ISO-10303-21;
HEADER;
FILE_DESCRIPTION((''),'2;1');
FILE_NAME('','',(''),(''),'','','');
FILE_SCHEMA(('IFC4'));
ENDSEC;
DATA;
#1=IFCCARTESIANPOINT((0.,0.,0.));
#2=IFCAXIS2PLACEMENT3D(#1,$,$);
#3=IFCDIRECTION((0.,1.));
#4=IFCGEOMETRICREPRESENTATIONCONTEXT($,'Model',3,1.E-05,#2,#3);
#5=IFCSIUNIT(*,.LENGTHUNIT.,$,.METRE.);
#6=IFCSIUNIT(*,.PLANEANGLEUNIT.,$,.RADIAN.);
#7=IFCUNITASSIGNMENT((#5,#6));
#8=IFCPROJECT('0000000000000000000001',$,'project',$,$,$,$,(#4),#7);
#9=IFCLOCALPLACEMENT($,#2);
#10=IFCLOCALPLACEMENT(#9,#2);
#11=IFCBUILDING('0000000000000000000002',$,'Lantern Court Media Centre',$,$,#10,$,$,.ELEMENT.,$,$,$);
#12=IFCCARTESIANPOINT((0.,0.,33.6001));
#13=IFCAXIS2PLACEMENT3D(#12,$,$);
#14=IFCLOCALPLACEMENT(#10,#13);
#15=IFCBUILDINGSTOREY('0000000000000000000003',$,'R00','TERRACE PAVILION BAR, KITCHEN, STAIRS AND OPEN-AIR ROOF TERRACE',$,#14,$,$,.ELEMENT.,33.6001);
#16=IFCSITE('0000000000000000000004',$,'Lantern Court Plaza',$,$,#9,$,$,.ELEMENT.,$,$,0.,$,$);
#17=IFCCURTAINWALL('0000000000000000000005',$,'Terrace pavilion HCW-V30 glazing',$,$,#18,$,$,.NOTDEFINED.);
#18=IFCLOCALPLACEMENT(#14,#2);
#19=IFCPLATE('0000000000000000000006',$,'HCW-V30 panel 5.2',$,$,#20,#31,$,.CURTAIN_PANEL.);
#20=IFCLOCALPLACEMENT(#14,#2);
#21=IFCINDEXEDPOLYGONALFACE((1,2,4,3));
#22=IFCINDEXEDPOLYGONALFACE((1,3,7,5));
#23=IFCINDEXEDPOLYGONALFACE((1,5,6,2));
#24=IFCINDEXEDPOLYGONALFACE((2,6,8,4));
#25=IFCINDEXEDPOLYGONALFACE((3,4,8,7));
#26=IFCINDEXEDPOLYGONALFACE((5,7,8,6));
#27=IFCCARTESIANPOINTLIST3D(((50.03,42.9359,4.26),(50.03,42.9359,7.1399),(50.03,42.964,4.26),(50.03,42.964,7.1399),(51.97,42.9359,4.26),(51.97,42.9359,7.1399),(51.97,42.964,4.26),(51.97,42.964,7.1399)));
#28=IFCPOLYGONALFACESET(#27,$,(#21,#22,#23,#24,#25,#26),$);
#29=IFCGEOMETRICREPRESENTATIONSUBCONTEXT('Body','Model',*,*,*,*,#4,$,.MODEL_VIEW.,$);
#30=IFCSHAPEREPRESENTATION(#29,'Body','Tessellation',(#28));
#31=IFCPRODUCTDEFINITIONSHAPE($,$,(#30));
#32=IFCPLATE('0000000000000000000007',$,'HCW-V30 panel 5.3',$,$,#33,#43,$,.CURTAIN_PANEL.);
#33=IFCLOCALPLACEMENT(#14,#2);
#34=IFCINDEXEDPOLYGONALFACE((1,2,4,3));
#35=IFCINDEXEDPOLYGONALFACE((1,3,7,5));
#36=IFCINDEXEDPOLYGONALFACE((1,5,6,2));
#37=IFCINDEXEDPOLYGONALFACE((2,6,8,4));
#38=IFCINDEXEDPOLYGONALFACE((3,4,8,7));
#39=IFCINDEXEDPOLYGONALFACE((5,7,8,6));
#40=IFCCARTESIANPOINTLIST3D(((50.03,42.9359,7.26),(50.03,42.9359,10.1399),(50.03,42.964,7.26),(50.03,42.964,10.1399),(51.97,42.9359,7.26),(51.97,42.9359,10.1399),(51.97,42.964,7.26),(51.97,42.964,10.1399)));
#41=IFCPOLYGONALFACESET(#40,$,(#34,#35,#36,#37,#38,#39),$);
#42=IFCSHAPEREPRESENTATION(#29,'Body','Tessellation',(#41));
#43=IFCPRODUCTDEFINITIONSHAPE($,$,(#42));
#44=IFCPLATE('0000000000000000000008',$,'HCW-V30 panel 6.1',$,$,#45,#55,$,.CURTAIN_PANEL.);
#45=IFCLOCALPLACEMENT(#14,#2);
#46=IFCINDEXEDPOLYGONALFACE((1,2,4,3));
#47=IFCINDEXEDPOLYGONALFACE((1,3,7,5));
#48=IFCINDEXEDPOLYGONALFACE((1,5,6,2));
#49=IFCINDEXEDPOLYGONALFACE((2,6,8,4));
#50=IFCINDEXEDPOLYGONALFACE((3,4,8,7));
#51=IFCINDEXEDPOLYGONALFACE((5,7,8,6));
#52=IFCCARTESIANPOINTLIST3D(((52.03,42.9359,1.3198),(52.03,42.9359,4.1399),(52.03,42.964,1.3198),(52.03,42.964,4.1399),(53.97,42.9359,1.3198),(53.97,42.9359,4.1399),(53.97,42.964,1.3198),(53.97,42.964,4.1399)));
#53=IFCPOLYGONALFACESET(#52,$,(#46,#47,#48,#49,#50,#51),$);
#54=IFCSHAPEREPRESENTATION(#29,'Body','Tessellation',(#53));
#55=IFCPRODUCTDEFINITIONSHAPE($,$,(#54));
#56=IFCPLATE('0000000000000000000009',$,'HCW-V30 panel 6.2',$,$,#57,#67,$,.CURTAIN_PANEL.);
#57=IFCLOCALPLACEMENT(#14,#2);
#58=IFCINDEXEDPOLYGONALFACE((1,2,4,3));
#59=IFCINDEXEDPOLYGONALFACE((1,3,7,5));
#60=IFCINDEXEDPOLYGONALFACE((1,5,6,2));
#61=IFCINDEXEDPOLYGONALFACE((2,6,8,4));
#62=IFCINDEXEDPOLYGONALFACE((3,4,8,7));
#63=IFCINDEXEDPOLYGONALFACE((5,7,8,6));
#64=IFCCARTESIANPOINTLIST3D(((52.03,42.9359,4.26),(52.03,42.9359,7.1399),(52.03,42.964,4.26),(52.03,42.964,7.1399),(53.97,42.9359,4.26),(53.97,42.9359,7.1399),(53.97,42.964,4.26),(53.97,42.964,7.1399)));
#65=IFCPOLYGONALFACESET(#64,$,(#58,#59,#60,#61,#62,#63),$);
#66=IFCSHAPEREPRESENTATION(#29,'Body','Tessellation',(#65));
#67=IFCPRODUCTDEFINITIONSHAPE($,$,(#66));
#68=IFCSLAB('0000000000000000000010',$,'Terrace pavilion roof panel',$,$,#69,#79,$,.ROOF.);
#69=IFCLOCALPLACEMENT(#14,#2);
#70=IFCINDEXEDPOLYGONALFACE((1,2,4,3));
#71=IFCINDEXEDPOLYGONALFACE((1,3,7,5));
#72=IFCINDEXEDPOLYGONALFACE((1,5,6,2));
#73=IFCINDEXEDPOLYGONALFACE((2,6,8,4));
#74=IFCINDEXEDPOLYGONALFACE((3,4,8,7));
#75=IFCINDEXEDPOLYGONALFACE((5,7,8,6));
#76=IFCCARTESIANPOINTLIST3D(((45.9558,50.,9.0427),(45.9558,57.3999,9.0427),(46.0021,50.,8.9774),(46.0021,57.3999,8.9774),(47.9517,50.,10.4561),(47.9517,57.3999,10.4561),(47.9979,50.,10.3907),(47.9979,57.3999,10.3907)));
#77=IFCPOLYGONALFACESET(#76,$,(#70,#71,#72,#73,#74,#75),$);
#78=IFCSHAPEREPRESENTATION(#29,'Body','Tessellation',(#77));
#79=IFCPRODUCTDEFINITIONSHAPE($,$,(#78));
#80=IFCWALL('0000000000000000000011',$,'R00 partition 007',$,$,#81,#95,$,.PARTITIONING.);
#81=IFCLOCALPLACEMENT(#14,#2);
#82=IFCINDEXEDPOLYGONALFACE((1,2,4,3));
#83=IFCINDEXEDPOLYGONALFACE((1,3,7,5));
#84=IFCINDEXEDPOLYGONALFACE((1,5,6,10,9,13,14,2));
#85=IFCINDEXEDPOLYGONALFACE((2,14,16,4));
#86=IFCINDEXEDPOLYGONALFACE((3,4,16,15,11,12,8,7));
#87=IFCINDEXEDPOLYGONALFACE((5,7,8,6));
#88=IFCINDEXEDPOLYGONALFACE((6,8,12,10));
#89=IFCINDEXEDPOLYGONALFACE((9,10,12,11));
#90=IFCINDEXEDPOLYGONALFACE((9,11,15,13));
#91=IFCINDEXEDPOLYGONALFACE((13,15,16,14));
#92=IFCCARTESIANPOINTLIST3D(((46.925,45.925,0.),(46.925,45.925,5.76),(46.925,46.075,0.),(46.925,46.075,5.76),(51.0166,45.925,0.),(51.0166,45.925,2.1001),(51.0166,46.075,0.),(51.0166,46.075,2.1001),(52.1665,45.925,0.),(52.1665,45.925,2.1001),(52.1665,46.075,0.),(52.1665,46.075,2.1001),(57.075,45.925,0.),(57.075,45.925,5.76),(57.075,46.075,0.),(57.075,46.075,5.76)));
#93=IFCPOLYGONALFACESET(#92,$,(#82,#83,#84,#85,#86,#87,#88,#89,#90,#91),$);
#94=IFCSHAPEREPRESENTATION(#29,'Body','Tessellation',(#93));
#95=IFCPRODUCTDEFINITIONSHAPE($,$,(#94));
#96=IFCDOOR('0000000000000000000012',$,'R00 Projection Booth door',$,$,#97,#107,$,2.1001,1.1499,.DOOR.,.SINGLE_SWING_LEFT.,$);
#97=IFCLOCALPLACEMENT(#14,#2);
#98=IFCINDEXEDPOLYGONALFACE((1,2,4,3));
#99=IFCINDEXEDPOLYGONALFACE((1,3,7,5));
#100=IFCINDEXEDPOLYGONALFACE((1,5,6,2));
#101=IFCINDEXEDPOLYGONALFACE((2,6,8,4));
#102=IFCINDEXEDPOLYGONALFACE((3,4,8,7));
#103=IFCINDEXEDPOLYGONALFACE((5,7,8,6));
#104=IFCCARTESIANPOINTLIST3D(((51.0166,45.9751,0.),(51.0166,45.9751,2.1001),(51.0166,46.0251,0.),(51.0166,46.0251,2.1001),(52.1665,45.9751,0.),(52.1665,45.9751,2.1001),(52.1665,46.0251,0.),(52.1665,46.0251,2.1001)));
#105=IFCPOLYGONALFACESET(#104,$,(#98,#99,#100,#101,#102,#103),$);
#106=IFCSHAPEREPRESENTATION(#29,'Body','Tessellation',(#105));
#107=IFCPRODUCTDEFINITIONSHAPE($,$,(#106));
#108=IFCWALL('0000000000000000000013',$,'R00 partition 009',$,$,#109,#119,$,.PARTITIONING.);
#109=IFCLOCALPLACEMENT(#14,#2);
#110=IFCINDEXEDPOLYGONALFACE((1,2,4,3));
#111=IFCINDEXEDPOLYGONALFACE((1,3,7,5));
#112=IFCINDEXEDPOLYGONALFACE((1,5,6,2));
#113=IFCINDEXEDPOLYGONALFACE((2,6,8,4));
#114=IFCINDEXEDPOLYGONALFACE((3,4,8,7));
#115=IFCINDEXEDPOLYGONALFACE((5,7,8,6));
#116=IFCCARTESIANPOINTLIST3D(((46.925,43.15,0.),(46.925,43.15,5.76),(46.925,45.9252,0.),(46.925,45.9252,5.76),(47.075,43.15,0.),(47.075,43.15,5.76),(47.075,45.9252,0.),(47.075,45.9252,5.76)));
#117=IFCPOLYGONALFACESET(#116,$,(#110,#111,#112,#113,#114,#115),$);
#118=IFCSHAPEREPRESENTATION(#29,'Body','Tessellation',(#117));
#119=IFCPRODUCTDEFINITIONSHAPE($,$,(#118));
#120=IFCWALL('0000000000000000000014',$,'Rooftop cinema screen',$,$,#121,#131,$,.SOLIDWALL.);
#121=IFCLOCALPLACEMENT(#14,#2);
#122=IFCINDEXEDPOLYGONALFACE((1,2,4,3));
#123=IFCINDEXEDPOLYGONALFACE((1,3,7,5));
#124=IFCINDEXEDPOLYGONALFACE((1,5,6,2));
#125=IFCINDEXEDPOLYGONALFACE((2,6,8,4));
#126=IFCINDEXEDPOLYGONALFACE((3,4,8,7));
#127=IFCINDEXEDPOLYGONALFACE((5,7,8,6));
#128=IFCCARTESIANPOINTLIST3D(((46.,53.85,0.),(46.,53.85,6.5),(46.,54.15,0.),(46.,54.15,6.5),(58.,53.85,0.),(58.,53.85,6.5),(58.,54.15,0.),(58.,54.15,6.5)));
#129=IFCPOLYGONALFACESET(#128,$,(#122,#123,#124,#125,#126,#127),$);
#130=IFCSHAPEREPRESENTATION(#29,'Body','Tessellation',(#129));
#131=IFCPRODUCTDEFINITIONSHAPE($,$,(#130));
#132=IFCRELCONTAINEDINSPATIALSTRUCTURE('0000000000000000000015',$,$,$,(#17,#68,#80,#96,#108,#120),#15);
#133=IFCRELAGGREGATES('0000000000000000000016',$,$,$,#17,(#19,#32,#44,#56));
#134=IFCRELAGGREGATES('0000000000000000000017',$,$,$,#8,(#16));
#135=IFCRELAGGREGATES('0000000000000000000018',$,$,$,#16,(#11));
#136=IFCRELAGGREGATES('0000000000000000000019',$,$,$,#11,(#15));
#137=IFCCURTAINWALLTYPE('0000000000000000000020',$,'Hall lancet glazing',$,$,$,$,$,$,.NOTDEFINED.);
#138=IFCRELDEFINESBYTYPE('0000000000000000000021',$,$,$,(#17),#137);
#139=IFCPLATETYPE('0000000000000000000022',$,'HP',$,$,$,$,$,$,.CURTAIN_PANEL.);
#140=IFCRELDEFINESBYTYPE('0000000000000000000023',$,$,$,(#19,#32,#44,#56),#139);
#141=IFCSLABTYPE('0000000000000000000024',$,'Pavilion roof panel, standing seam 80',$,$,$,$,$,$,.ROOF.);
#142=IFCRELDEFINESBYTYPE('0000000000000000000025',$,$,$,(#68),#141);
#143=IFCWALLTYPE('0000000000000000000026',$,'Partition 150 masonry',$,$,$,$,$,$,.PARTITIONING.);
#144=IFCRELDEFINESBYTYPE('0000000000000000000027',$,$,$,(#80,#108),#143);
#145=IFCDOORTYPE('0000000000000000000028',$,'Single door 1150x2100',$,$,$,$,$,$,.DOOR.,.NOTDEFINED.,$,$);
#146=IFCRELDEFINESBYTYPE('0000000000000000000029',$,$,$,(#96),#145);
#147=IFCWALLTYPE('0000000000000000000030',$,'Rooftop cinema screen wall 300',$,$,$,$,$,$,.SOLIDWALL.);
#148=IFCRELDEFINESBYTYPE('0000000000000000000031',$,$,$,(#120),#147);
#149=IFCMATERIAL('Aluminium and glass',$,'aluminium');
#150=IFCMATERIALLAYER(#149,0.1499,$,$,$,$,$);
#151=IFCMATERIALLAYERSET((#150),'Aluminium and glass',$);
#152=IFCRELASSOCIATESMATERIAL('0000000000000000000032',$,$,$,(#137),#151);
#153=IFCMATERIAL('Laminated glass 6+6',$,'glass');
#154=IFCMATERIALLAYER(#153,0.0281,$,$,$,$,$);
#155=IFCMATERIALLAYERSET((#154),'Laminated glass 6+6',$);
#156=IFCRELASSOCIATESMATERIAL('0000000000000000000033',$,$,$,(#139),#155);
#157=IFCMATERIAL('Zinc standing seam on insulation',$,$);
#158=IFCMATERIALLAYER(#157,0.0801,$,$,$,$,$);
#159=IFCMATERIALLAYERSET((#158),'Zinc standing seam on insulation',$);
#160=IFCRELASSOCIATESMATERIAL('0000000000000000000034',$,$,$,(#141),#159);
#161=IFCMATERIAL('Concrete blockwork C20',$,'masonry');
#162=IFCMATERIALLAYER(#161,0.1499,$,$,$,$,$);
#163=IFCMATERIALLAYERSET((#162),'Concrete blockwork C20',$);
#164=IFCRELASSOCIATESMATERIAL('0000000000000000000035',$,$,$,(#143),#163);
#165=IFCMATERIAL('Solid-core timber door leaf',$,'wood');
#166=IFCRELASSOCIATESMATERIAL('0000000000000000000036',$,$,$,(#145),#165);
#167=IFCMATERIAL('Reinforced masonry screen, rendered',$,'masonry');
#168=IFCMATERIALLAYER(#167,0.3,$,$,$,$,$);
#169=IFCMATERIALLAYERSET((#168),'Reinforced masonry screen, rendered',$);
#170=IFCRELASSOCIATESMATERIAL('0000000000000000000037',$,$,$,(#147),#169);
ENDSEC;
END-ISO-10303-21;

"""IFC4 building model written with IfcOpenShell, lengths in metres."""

from ifc_helpers import new_model, si_unit, direction, frame, frame_2d, origin, origin_2d, place, context, subcontext, project, spatial, polyline, rectangle, outline, extrude, material, layer, layer_set, type_object, element, fill, aggregate, save


model = new_model("IFC4")

# Units and contexts
model_context = context("Model", 3, precision=1e-05, world=origin(), true_north=direction((0.0, 1.0)))
body_context = subcontext(model_context, "Body", "Model", "MODEL_VIEW")
ifc_project = project(units=[si_unit("LENGTHUNIT", "METRE"), si_unit("PLANEANGLEUNIT", "RADIAN")], contexts=[model_context])

# Site, building, storey
site_placement = place(None, origin())
site = spatial("IfcSite", under=ifc_project, at=site_placement, Name="Lantern Court Plaza", CompositionType="ELEMENT", RefElevation=0.0)
building_placement = place(site_placement, origin())
building = spatial("IfcBuilding", under=site, at=building_placement, Name="Lantern Court Media Centre", CompositionType="ELEMENT")
storey_placement = place(building_placement, frame((0.0, 0.0, 33.6001)))
storey = spatial("IfcBuildingStorey", under=building, at=storey_placement, Name="R00", Description="TERRACE PAVILION BAR, KITCHEN, STAIRS AND OPEN-AIR ROOF TERRACE", CompositionType="ELEMENT", Elevation=33.6001)

# Curtain wall
ifc_material_1 = material(Name="Aluminium and glass", Category="aluminium")
ifc_layer_1 = layer(ifc_material_1, 0.1499)
ifc_layer_set_1 = layer_set([ifc_layer_1], Name="Aluminium and glass")
curtain_wall_type = type_object("IfcCurtainWallType", Name="Hall lancet glazing", PredefinedType="NOTDEFINED", material=ifc_layer_set_1)
curtain_wall_placement = place(storey_placement, origin())
curtain_wall = element("IfcCurtainWall", 1, at=curtain_wall_placement, inside=storey, type_object=curtain_wall_type, Name="Terrace pavilion HCW-V30 glazing", PredefinedType="NOTDEFINED")

# Plates
ifc_material_2 = material(Name="Laminated glass 6+6", Category="glass")
ifc_layer_2 = layer(ifc_material_2, 0.0281)
ifc_layer_set_2 = layer_set([ifc_layer_2], Name="Laminated glass 6+6")
plate_type = type_object("IfcPlateType", Name="HP", PredefinedType="CURTAIN_PANEL", material=ifc_layer_set_2)
plate_1_placement = place(storey_placement, frame((51.0, 42.95, 4.26), z_axis=(0.0, 0.0, 1.0), x_axis=(1.0, 0.0, 0.0)))
plate_1 = element("IfcPlate", 2, at=plate_1_placement, type_object=plate_type, Name="HCW-V30 panel 5.2", PredefinedType="CURTAIN_PANEL", context=body_context, shape_type="SweptSolid", body=[
    extrude(rectangle(XDim=1.9399, YDim=0.0281, at=origin_2d()), origin(), (0.0, 0.0, 1.0), 2.8799),
])
plate_2_placement = place(storey_placement, frame((51.0, 42.95, 7.26), z_axis=(0.0, 0.0, 1.0), x_axis=(1.0, 0.0, 0.0)))
plate_2 = element("IfcPlate", 3, at=plate_2_placement, type_object=plate_type, Name="HCW-V30 panel 5.3", PredefinedType="CURTAIN_PANEL", context=body_context, shape_type="SweptSolid", body=[
    extrude(rectangle(XDim=1.9399, YDim=0.0281, at=origin_2d()), origin(), (0.0, 0.0, 1.0), 2.8799),
])
plate_3_placement = place(storey_placement, frame((53.0, 42.95, 1.3198), z_axis=(0.0, 0.0, 1.0), x_axis=(1.0, 0.0, 0.0)))
plate_3 = element("IfcPlate", 4, at=plate_3_placement, type_object=plate_type, Name="HCW-V30 panel 6.1", PredefinedType="CURTAIN_PANEL", context=body_context, shape_type="SweptSolid", body=[
    extrude(rectangle(XDim=1.9399, YDim=0.0281, at=origin_2d()), origin(), (0.0, 0.0, 1.0), 2.8201),
])
plate_4_placement = place(storey_placement, frame((53.0, 42.95, 4.26), z_axis=(0.0, 0.0, 1.0), x_axis=(1.0, 0.0, 0.0)))
plate_4 = element("IfcPlate", 5, at=plate_4_placement, type_object=plate_type, Name="HCW-V30 panel 6.2", PredefinedType="CURTAIN_PANEL", context=body_context, shape_type="SweptSolid", body=[
    extrude(rectangle(XDim=1.9399, YDim=0.0281, at=origin_2d()), origin(), (0.0, 0.0, 1.0), 2.8799),
])
aggregate(curtain_wall, [plate_1, plate_2, plate_3, plate_4])

# Slab
ifc_material_3 = material(Name="Zinc standing seam on insulation")
ifc_layer_3 = layer(ifc_material_3, 0.0801)
ifc_layer_set_3 = layer_set([ifc_layer_3], Name="Zinc standing seam on insulation")
slab_type = type_object("IfcSlabType", Name="Pavilion roof panel, standing seam 80", PredefinedType="ROOF", material=ifc_layer_set_3)
slab_placement = place(storey_placement, frame((45.9558, 50.0, 9.0427), z_axis=(-0.577909, 0.0, 0.816101), x_axis=(0.816101, 0.0, 0.577909)))
element("IfcSlab", 6, at=slab_placement, inside=storey, type_object=slab_type, Name="Terrace pavilion roof panel", PredefinedType="ROOF", context=body_context, shape_type="SweptSolid", body=[
    extrude(outline(polyline([(0.0, 0.0), (2.4456, 0.0), (2.4456, 7.3999), (0.0, 7.3999), (0.0, 0.0)])), origin(), (0.0, 0.0, -1.0), 0.0801),
])

# Wall, opening, door
ifc_material_4 = material(Name="Concrete blockwork C20", Category="masonry")
ifc_layer_4 = layer(ifc_material_4, 0.1499)
ifc_layer_set_4 = layer_set([ifc_layer_4], Name="Concrete blockwork C20")
wall_type_1 = type_object("IfcWallType", Name="Partition 150 masonry", PredefinedType="PARTITIONING", material=ifc_layer_set_4)
wall_1_placement = place(storey_placement, frame((46.925, 46.0, 0.0), z_axis=(0.0, 0.0, 1.0), x_axis=(1.0, 0.0, 0.0)))
wall_1 = element("IfcWall", 7, at=wall_1_placement, inside=storey, type_object=wall_type_1, Name="R00 partition 007", PredefinedType="PARTITIONING", context=body_context, shape_type="SweptSolid", body=[
    extrude(rectangle(XDim=10.1499, YDim=0.1499, at=frame_2d((5.075, 0.0))), origin(), (0.0, 0.0, 1.0), 5.76),
])
opening_placement = place(wall_1_placement, frame((4.0916, 0.0, 0.0)))
opening = element("IfcOpeningElement", 8, at=opening_placement, cuts=wall_1, PredefinedType="OPENING", context=body_context, shape_type="SweptSolid", body=[
    extrude(rectangle(XDim=1.1499, YDim=2.1001, at=frame_2d((0.575, 1.05))), frame((0.0, 0.085, 0.0), z_axis=(0.0, -1.0, 0.0), x_axis=(1.0, 0.0, 0.0)), (0.0, 0.0, 1.0), 0.1699),
])
ifc_material_5 = material(Name="Solid-core timber door leaf", Category="wood")
door_type = type_object("IfcDoorType", Name="Single door 1150x2100", OperationType="NOTDEFINED", PredefinedType="DOOR", material=ifc_material_5)
door_placement = place(opening_placement, frame((1.1499, 0.0, 0.0), z_axis=(0.0, 0.0, 1.0), x_axis=(-1.0, 0.0, 0.0)))
door = element("IfcDoor", 9, at=door_placement, inside=storey, type_object=door_type, Name="R00 Projection Booth door", OperationType="SINGLE_SWING_LEFT", OverallHeight=2.1001, OverallWidth=1.1499, PredefinedType="DOOR", context=body_context, shape_type="SweptSolid", body=[
    extrude(rectangle(XDim=1.1499, YDim=2.1001, at=frame_2d((0.575, 1.05))), frame((0.0, 0.0249, 0.0), z_axis=(0.0, -1.0, 0.0), x_axis=(1.0, 0.0, 0.0)), (0.0, 0.0, 1.0), 0.05),
])
fill(opening, door)

# Walls
wall_2_placement = place(storey_placement, frame((47.0, 43.1499, 0.0), z_axis=(0.0, 0.0, 1.0), x_axis=(0.0, 1.0, 0.0)))
element("IfcWall", 10, at=wall_2_placement, inside=storey, type_object=wall_type_1, Name="R00 partition 009", PredefinedType="PARTITIONING", context=body_context, shape_type="SweptSolid", body=[
    extrude(rectangle(XDim=2.7751, YDim=0.1499, at=frame_2d((1.3877, 0.0))), origin(), (0.0, 0.0, 1.0), 5.76),
])
ifc_material_6 = material(Name="Reinforced masonry screen, rendered", Category="masonry")
ifc_layer_5 = layer(ifc_material_6, 0.3)
ifc_layer_set_5 = layer_set([ifc_layer_5], Name="Reinforced masonry screen, rendered")
wall_type_2 = type_object("IfcWallType", Name="Rooftop cinema screen wall 300", PredefinedType="SOLIDWALL", material=ifc_layer_set_5)
wall_3_placement = place(storey_placement, frame((46.0, 54.0, 0.0), z_axis=(0.0, 0.0, 1.0), x_axis=(1.0, 0.0, 0.0)))
element("IfcWall", 11, at=wall_3_placement, inside=storey, type_object=wall_type_2, Name="Rooftop cinema screen", PredefinedType="SOLIDWALL", context=body_context, shape_type="SweptSolid", body=[
    extrude(rectangle(XDim=12.0, YDim=0.3, at=frame_2d((6.0, 0.0))), origin(), (0.0, 0.0, 1.0), 6.5),
])

save(model, "model.ifc")
